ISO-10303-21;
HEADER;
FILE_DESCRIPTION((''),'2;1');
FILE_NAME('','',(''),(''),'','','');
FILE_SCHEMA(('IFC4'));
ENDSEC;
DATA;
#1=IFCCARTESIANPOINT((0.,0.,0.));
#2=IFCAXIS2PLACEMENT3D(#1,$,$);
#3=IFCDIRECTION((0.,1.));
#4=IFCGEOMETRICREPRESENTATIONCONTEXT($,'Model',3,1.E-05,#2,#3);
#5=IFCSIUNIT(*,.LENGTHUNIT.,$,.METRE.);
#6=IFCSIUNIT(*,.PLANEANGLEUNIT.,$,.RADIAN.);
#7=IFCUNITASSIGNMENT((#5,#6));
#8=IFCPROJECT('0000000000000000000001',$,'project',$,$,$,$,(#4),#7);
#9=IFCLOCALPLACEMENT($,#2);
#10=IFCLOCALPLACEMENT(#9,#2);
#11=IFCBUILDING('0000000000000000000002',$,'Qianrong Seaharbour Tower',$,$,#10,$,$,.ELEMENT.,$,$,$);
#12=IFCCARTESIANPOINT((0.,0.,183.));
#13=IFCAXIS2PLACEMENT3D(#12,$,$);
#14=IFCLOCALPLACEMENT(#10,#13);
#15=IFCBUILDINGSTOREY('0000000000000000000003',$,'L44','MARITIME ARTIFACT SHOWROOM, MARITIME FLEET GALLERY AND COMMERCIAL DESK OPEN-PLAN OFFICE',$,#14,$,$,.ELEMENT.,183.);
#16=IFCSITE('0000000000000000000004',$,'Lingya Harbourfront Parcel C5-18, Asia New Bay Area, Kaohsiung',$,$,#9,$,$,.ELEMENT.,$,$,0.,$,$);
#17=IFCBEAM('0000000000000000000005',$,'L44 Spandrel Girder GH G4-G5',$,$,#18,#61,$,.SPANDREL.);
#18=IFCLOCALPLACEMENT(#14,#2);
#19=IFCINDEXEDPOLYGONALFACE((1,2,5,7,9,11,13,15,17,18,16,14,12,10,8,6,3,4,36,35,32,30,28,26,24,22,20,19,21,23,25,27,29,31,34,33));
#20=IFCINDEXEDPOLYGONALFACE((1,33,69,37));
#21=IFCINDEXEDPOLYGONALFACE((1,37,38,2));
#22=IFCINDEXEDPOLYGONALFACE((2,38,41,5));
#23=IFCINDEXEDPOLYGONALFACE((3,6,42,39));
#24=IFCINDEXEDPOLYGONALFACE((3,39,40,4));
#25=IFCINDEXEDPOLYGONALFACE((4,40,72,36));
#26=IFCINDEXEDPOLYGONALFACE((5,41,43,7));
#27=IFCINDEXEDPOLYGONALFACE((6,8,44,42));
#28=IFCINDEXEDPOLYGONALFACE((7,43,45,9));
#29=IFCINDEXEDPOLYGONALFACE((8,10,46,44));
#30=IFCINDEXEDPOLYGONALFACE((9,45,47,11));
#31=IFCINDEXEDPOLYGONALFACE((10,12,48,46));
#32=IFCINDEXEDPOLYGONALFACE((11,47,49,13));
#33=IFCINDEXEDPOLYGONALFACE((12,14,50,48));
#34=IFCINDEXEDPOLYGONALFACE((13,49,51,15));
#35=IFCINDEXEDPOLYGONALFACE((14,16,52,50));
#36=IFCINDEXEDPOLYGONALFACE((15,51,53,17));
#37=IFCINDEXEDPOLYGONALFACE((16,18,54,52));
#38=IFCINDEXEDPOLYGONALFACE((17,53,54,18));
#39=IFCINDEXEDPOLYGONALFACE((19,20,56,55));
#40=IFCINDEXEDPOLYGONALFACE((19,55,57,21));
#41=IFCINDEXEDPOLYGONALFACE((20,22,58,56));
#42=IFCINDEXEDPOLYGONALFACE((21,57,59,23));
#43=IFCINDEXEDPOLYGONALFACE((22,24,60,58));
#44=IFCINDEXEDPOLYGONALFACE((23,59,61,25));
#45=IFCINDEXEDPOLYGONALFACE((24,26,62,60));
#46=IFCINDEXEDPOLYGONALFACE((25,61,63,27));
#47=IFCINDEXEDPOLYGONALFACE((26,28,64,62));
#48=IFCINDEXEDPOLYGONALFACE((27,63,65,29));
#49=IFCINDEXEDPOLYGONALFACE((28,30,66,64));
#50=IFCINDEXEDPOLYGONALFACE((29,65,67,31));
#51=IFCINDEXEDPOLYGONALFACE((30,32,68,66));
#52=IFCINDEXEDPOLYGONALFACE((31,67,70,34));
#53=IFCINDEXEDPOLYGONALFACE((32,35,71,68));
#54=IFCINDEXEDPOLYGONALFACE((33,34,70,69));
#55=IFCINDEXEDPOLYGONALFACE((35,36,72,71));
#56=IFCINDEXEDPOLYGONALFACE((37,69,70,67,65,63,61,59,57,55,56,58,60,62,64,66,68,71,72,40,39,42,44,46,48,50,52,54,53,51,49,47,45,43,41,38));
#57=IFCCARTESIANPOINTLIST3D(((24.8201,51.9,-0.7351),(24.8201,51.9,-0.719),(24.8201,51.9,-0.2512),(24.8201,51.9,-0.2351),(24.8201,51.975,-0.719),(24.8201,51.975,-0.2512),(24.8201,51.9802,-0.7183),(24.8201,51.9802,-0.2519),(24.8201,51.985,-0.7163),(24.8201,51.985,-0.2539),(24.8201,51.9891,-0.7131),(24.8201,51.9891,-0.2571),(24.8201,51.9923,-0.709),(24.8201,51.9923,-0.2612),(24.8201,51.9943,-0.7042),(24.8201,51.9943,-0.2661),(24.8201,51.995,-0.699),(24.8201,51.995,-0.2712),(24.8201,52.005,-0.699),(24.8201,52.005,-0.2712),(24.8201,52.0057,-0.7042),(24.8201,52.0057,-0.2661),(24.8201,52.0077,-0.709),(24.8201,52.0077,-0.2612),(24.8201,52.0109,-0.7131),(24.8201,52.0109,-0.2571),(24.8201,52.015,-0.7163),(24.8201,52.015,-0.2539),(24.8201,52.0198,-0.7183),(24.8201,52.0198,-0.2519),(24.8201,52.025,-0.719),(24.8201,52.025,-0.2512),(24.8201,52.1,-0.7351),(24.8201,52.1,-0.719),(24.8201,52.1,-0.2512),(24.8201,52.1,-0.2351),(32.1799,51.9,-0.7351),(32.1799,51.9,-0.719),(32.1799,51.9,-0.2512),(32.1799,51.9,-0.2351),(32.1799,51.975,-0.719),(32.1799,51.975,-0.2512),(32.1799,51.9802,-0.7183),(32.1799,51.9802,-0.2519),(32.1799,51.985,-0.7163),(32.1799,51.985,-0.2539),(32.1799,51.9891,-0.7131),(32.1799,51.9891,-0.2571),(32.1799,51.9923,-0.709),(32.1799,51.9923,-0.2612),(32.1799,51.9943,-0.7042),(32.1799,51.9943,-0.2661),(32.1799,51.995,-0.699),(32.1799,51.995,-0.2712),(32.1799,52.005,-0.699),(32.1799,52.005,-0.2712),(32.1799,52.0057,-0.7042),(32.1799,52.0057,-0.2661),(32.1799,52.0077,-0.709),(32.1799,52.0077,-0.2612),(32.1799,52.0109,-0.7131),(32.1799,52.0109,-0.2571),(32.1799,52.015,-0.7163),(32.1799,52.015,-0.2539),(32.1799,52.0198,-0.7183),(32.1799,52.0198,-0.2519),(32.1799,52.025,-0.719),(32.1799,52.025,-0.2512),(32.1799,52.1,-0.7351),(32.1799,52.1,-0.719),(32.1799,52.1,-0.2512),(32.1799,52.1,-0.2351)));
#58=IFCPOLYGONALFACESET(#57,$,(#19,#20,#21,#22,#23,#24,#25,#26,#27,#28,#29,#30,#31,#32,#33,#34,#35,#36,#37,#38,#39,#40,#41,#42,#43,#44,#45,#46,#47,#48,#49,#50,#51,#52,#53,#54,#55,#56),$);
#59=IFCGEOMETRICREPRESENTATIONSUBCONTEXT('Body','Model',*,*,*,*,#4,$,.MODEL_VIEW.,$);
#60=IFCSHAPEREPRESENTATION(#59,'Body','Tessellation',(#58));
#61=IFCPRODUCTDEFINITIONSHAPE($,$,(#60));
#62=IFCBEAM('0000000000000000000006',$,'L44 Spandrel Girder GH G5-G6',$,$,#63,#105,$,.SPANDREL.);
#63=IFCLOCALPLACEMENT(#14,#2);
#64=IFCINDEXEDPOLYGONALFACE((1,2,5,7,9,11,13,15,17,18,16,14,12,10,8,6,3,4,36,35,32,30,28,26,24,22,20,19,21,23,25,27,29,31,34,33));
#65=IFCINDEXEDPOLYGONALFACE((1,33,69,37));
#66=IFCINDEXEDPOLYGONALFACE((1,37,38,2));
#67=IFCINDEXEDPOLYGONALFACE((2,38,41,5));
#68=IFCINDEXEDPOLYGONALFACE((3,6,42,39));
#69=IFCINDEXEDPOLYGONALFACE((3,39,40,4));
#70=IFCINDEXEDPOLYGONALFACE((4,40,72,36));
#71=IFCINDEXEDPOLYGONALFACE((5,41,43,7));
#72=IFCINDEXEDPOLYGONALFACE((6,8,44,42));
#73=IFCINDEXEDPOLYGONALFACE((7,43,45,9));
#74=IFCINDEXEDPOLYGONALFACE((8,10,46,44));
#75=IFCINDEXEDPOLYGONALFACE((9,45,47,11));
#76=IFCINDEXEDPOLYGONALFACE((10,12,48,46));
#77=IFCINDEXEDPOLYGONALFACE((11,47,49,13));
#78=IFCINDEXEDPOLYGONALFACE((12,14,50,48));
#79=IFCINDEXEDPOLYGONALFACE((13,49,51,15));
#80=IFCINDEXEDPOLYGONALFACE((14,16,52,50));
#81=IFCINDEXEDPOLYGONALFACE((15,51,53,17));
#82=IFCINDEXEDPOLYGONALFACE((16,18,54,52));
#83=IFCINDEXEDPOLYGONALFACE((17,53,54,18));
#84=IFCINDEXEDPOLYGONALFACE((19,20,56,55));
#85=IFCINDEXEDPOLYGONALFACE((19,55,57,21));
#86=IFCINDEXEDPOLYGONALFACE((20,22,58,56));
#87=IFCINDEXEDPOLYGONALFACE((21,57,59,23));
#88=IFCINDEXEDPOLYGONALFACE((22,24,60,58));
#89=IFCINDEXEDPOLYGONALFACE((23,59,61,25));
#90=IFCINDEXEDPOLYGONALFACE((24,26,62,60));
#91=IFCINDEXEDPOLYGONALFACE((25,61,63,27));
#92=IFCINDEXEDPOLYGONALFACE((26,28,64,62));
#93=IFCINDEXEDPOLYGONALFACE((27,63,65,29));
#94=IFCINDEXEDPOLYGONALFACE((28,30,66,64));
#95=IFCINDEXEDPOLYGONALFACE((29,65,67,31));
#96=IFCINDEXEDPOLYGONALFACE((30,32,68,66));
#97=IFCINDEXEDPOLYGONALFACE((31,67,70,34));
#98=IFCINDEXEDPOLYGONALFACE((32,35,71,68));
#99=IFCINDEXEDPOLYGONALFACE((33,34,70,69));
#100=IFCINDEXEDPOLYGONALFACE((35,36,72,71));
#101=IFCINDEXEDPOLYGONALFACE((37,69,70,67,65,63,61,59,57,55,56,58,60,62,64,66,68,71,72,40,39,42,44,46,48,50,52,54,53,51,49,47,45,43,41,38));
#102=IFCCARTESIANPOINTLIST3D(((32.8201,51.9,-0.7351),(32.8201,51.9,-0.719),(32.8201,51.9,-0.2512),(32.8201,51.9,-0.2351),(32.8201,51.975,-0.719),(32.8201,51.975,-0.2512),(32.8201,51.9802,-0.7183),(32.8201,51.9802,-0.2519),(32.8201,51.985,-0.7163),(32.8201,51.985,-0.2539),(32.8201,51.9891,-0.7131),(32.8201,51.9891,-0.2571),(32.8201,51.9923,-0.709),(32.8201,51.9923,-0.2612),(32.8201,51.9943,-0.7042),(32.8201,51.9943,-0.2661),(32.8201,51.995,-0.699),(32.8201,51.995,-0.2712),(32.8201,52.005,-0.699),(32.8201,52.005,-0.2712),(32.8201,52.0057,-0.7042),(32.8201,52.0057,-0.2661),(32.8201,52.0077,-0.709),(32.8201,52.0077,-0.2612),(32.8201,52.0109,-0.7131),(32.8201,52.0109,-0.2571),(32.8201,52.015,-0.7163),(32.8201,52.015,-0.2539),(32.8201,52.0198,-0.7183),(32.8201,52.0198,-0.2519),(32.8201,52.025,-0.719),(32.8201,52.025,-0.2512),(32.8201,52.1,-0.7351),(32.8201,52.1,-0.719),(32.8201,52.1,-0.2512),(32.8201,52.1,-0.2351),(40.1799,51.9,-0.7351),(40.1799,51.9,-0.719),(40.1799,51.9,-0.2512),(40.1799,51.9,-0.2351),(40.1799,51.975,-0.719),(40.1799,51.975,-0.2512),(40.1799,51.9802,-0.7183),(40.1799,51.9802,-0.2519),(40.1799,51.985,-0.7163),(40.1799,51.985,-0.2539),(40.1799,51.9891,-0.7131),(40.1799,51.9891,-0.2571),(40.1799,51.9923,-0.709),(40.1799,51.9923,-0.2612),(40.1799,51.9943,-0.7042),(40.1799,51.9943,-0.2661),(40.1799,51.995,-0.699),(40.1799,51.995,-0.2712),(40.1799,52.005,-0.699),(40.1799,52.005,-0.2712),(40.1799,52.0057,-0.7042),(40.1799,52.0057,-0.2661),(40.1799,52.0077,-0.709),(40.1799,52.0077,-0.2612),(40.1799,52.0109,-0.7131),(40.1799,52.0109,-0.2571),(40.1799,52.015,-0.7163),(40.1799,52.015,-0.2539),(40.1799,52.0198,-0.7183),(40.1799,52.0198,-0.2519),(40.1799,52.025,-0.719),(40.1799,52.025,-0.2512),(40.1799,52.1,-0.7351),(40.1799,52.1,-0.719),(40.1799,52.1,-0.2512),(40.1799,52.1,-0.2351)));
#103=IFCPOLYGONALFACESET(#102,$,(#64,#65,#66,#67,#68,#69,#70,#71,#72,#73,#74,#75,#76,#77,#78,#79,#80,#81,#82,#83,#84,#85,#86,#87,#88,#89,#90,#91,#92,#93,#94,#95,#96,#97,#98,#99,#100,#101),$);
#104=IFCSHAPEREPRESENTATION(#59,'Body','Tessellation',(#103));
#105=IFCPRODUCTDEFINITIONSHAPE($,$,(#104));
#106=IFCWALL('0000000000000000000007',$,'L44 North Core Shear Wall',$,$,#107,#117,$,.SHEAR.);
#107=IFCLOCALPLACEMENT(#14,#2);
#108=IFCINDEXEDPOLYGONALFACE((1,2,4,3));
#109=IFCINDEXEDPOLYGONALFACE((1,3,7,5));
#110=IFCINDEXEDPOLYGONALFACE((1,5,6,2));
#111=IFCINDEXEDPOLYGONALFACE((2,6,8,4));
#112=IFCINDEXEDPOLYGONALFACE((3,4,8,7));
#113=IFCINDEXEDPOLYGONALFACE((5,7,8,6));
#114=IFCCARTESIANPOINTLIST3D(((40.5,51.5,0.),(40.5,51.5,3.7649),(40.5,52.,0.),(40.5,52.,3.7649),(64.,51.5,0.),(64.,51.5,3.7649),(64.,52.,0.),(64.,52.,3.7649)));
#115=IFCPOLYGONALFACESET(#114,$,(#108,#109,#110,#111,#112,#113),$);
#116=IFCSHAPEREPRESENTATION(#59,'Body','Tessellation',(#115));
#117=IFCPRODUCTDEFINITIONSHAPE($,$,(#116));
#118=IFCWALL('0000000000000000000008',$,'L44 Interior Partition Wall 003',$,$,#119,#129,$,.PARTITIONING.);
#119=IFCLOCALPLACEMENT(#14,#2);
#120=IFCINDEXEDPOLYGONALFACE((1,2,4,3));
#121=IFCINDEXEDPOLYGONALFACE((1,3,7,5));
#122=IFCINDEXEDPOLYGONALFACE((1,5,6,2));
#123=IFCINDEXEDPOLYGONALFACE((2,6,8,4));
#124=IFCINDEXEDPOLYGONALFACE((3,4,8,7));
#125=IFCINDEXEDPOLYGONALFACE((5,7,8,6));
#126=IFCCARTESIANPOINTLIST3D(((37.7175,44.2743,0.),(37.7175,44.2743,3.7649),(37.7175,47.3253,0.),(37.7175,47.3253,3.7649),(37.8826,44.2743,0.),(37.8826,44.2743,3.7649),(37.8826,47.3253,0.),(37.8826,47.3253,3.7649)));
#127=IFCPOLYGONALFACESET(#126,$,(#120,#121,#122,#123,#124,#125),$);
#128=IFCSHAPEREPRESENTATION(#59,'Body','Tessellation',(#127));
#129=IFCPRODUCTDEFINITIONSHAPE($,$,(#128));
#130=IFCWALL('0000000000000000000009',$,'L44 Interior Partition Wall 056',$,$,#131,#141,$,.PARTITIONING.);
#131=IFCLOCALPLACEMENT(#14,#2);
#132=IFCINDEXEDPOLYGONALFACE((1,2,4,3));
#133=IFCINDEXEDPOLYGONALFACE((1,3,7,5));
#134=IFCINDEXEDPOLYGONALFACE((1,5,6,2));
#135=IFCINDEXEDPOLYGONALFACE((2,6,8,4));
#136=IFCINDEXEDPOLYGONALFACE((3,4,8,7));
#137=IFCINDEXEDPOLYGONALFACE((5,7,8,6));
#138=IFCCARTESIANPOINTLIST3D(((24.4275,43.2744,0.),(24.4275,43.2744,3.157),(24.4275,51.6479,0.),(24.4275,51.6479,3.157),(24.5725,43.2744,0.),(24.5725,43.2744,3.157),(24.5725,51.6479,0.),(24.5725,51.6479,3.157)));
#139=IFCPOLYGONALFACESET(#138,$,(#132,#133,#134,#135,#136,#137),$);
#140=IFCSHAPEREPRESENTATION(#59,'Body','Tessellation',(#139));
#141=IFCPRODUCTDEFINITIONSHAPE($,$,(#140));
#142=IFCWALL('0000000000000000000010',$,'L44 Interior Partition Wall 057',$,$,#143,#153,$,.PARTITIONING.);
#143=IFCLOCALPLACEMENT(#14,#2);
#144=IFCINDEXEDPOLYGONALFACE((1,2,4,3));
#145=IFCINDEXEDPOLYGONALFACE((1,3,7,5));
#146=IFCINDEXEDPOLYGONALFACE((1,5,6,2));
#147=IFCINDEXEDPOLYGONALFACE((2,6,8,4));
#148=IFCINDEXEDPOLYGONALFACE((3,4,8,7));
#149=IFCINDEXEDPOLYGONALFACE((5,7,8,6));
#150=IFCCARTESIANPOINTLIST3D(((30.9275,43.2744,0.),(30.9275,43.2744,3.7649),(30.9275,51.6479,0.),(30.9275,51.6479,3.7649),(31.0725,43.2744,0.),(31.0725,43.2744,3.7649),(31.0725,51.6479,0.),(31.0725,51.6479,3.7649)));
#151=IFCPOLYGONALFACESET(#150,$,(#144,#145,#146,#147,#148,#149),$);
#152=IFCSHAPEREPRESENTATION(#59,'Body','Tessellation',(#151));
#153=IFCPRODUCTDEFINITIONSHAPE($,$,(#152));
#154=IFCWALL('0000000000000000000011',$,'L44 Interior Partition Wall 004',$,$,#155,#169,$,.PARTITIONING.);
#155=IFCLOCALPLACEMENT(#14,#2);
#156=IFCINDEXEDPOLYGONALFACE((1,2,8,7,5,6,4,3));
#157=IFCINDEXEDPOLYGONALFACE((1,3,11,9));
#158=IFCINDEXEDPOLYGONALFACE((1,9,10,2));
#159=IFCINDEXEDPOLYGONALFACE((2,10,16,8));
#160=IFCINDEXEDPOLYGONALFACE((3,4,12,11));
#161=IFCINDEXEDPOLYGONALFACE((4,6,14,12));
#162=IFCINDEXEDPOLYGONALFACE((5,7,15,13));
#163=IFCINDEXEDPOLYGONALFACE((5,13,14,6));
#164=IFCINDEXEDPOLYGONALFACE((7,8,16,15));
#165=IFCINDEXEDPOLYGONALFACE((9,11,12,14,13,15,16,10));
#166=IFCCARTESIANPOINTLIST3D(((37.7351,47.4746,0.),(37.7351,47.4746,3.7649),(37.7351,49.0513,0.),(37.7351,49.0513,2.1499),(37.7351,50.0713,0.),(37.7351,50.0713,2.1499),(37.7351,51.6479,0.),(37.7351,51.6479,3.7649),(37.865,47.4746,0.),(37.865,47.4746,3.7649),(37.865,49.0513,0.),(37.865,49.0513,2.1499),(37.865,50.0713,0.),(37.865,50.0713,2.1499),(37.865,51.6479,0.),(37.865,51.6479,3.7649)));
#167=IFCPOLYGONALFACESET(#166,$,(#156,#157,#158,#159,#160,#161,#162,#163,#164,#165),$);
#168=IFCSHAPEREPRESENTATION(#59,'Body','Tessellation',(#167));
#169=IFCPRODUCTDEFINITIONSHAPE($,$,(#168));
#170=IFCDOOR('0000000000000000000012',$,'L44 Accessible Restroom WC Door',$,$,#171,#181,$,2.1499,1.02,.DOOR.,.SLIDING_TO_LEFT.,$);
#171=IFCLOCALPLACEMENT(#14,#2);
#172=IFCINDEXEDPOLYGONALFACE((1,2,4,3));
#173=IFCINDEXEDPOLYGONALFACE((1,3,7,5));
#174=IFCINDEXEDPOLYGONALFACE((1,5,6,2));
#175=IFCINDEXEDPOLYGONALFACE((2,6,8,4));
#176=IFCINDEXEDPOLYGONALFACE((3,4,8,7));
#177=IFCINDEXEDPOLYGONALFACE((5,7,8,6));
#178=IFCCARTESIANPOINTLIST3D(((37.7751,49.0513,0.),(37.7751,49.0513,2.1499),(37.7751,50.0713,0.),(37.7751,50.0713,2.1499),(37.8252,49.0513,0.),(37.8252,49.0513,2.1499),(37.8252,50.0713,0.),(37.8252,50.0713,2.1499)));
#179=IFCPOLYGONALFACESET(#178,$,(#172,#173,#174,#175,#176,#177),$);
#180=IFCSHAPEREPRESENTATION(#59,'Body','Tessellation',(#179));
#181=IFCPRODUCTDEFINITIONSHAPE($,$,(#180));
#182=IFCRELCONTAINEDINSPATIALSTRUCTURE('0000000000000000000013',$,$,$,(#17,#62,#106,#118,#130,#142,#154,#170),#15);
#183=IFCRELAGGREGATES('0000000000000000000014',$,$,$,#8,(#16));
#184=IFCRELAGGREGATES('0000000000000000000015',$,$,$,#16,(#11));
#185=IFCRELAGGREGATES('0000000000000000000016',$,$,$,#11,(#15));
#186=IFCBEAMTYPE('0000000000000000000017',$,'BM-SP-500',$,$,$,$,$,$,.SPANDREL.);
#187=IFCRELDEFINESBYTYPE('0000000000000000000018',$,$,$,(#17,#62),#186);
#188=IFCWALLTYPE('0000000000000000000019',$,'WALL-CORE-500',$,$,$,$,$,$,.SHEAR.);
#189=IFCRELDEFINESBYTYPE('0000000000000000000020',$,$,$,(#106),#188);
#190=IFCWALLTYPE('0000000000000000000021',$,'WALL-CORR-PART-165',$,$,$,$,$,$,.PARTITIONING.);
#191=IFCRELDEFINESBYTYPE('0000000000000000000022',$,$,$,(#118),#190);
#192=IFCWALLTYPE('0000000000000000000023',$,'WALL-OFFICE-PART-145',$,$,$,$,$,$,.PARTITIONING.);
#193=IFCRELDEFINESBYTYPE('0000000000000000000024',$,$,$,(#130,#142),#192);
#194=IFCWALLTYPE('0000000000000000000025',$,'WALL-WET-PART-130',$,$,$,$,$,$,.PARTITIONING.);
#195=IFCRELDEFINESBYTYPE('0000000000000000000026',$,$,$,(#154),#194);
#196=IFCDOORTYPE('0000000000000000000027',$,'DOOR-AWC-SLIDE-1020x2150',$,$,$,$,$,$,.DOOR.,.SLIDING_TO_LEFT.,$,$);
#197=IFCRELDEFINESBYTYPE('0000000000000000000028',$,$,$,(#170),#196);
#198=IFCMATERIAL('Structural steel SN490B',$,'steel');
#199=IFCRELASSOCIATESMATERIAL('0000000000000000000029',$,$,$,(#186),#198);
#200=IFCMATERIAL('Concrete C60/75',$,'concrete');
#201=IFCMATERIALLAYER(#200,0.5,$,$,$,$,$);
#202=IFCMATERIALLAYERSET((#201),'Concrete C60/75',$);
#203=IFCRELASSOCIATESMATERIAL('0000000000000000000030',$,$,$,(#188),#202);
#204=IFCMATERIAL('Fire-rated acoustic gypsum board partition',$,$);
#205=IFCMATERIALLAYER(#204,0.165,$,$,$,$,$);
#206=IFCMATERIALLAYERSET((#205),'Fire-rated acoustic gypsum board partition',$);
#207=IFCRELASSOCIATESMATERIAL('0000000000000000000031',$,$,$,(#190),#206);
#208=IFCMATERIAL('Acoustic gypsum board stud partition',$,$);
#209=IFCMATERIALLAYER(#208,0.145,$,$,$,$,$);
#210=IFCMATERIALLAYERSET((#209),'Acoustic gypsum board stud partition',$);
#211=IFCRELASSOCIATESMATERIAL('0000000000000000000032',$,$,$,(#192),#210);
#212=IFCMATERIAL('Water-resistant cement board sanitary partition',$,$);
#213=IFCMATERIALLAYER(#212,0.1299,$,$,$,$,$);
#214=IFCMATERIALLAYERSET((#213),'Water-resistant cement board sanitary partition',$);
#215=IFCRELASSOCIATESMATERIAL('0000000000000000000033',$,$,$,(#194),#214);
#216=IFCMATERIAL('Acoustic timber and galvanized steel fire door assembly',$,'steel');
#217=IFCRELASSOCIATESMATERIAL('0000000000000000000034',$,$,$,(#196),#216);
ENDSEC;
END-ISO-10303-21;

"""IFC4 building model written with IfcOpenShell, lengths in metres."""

from ifc_helpers import new_model, si_unit, direction, frame, frame_2d, origin, origin_2d, place, context, subcontext, project, spatial, rectangle, i_section, extrude, material, layer, layer_set, material_profile, profile_set, type_object, element, fill, save


model = new_model("IFC4")

# Units and contexts
model_context = context("Model", 3, precision=1e-05, world=origin(), true_north=direction((0.0, 1.0)))
body_context = subcontext(model_context, "Body", "Model", "MODEL_VIEW")
ifc_project = project(units=[si_unit("LENGTHUNIT", "METRE"), si_unit("PLANEANGLEUNIT", "RADIAN")], contexts=[model_context])

# Site, building, storey
site_placement = place(None, origin())
site = spatial("IfcSite", under=ifc_project, at=site_placement, Name="Lingya Harbourfront Parcel C5-18, Asia New Bay Area, Kaohsiung", CompositionType="ELEMENT", RefElevation=0.0)
building_placement = place(site_placement, origin())
building = spatial("IfcBuilding", under=site, at=building_placement, Name="Qianrong Seaharbour Tower", CompositionType="ELEMENT")
storey_placement = place(building_placement, frame((0.0, 0.0, 183.0)))
storey = spatial("IfcBuildingStorey", under=building, at=storey_placement, Name="L44", Description="MARITIME ARTIFACT SHOWROOM, MARITIME FLEET GALLERY AND COMMERCIAL DESK OPEN-PLAN OFFICE", CompositionType="ELEMENT", Elevation=183.0)

# Shared definitions
ifc_material_1 = material(Name="Structural steel SN490B", Category="steel")

# Beams
ifc_material_profile_1 = material_profile(ifc_material_1, i_section(OverallWidth=0.2, OverallDepth=0.5, WebThickness=0.01, FlangeThickness=0.0161, FilletRadius=0.02, at=origin_2d()), Name="H500x200x10x16")
ifc_profile_set_1 = profile_set([ifc_material_profile_1], Name="Structural steel SN490B")
beam_type_1 = type_object("IfcBeamType", Name="BM-SP-500", PredefinedType="SPANDREL", material=ifc_profile_set_1)
for number, where, z_axis, x_axis, name in (
    (1, (24.8201, 52.0, -0.4851), (1.0, 0.0, 0.0), (0.0, 1.0, 0.0), "L44 Spandrel Girder GH G4-G5"),
    (2, (32.8201, 52.0, -0.4851), (1.0, 0.0, 0.0), (0.0, 1.0, 0.0), "L44 Spandrel Girder GH G5-G6"),
):
    element("IfcBeam", number, at=place(storey_placement, frame(where, z_axis=z_axis, x_axis=x_axis)), inside=storey, type_object=beam_type_1, Name=name, PredefinedType="SPANDREL", context=body_context, shape_type="SweptSolid", body=[
        extrude(i_section(OverallWidth=0.2, OverallDepth=0.5, WebThickness=0.01, FlangeThickness=0.0161, FilletRadius=0.02, at=origin_2d()), origin(), (0.0, 0.0, 1.0), 7.3599),
    ])

# Wall
ifc_material_2 = material(Name="Concrete C60/75", Category="concrete")
ifc_layer_1 = layer(ifc_material_2, 0.5)
ifc_layer_set_1 = layer_set([ifc_layer_1], Name="Concrete C60/75")
wall_type_1 = type_object("IfcWallType", Name="WALL-CORE-500", PredefinedType="SHEAR", material=ifc_layer_set_1)
wall_1_placement = place(storey_placement, frame((40.5, 51.75, 0.0), z_axis=(0.0, 0.0, 1.0), x_axis=(1.0, 0.0, 0.0)))
element("IfcWall", 3, at=wall_1_placement, inside=storey, type_object=wall_type_1, Name="L44 North Core Shear Wall", PredefinedType="SHEAR", context=body_context, shape_type="SweptSolid", body=[
    extrude(rectangle(XDim=23.5, YDim=0.5, at=frame_2d((11.75, 0.0))), origin(), (0.0, 0.0, 1.0), 3.7649),
])

# Shared definitions
ifc_material_3 = material(Name="Fire-rated acoustic gypsum board partition")
ifc_layer_2 = layer(ifc_material_3, 0.165)
ifc_layer_set_2 = layer_set([ifc_layer_2], Name="Fire-rated acoustic gypsum board partition")
wall_type_2 = type_object("IfcWallType", Name="WALL-CORR-PART-165", PredefinedType="PARTITIONING", material=ifc_layer_set_2)
ifc_material_4 = material(Name="Acoustic timber and galvanized steel fire door assembly", Category="steel")

# Walls
wall_2_placement = place(storey_placement, frame((37.8, 44.2744, 0.0), z_axis=(0.0, 0.0, 1.0), x_axis=(0.0, 1.0, 0.0)))
element("IfcWall", 4, at=wall_2_placement, inside=storey, type_object=wall_type_2, Name="L44 Interior Partition Wall 003", PredefinedType="PARTITIONING", context=body_context, shape_type="SweptSolid", body=[
    extrude(rectangle(XDim=3.051, YDim=0.165, at=frame_2d((1.5254, 0.0))), origin(), (0.0, 0.0, 1.0), 3.7649),
])
ifc_material_5 = material(Name="Acoustic gypsum board stud partition")
ifc_layer_3 = layer(ifc_material_5, 0.145)
ifc_layer_set_3 = layer_set([ifc_layer_3], Name="Acoustic gypsum board stud partition")
wall_type_3 = type_object("IfcWallType", Name="WALL-OFFICE-PART-145", PredefinedType="PARTITIONING", material=ifc_layer_set_3)
wall_3_placement = place(storey_placement, frame((24.5, 51.6479, 0.0), z_axis=(0.0, 0.0, 1.0), x_axis=(0.0, -1.0, 0.0)))
element("IfcWall", 5, at=wall_3_placement, inside=storey, type_object=wall_type_3, Name="L44 Interior Partition Wall 056", PredefinedType="PARTITIONING", context=body_context, shape_type="SweptSolid", body=[
    extrude(rectangle(XDim=8.3735, YDim=0.145, at=frame_2d((4.1868, 0.0))), origin(), (0.0, 0.0, 1.0), 3.157),
])
wall_4_placement = place(storey_placement, frame((31.0, 51.6479, 0.0), z_axis=(0.0, 0.0, 1.0), x_axis=(0.0, -1.0, 0.0)))
element("IfcWall", 6, at=wall_4_placement, inside=storey, type_object=wall_type_3, Name="L44 Interior Partition Wall 057", PredefinedType="PARTITIONING", context=body_context, shape_type="SweptSolid", body=[
    extrude(rectangle(XDim=8.3735, YDim=0.145, at=frame_2d((4.1868, 0.0))), origin(), (0.0, 0.0, 1.0), 3.7649),
])

# Wall, opening, door
ifc_material_6 = material(Name="Water-resistant cement board sanitary partition")
ifc_layer_4 = layer(ifc_material_6, 0.1299)
ifc_layer_set_4 = layer_set([ifc_layer_4], Name="Water-resistant cement board sanitary partition")
wall_type_4 = type_object("IfcWallType", Name="WALL-WET-PART-130", PredefinedType="PARTITIONING", material=ifc_layer_set_4)
wall_5_placement = place(storey_placement, frame((37.8, 47.4746, 0.0), z_axis=(0.0, 0.0, 1.0), x_axis=(0.0, 1.0, 0.0)))
wall_5 = element("IfcWall", 7, at=wall_5_placement, inside=storey, type_object=wall_type_4, Name="L44 Interior Partition Wall 004", PredefinedType="PARTITIONING", context=body_context, shape_type="SweptSolid", body=[
    extrude(rectangle(XDim=4.1733, YDim=0.1299, at=frame_2d((2.0867, 0.0))), origin(), (0.0, 0.0, 1.0), 3.7649),
])
opening_1_placement = place(wall_5_placement, frame((1.5767, 0.0, 0.0)))
opening_1 = element("IfcOpeningElement", 8, at=opening_1_placement, cuts=wall_5, PredefinedType="OPENING", context=body_context, shape_type="SweptSolid", body=[
    extrude(rectangle(XDim=1.02, YDim=2.1499, at=frame_2d((0.51, 1.075))), frame((0.0, 0.075, 0.0), z_axis=(0.0, -1.0, 0.0), x_axis=(1.0, 0.0, 0.0)), (0.0, 0.0, 1.0), 0.1499),
])
door_type_1 = type_object("IfcDoorType", Name="DOOR-AWC-SLIDE-1020x2150", OperationType="SLIDING_TO_LEFT", PredefinedType="DOOR", material=ifc_material_4)
door_1_placement = place(opening_1_placement, origin())
door_1 = element("IfcDoor", 9, at=door_1_placement, inside=storey, type_object=door_type_1, Name="L44 Accessible Restroom WC Door", OperationType="SLIDING_TO_LEFT", OverallHeight=2.1499, OverallWidth=1.02, PredefinedType="DOOR", context=body_context, shape_type="SweptSolid", body=[
    extrude(rectangle(XDim=1.02, YDim=2.1499, at=frame_2d((0.51, 1.075))), frame((0.0, 0.0249, 0.0), z_axis=(0.0, -1.0, 0.0), x_axis=(1.0, 0.0, 0.0)), (0.0, 0.0, 1.0), 0.05),
])
fill(opening_1, door_1)

save(model, "model.ifc")
